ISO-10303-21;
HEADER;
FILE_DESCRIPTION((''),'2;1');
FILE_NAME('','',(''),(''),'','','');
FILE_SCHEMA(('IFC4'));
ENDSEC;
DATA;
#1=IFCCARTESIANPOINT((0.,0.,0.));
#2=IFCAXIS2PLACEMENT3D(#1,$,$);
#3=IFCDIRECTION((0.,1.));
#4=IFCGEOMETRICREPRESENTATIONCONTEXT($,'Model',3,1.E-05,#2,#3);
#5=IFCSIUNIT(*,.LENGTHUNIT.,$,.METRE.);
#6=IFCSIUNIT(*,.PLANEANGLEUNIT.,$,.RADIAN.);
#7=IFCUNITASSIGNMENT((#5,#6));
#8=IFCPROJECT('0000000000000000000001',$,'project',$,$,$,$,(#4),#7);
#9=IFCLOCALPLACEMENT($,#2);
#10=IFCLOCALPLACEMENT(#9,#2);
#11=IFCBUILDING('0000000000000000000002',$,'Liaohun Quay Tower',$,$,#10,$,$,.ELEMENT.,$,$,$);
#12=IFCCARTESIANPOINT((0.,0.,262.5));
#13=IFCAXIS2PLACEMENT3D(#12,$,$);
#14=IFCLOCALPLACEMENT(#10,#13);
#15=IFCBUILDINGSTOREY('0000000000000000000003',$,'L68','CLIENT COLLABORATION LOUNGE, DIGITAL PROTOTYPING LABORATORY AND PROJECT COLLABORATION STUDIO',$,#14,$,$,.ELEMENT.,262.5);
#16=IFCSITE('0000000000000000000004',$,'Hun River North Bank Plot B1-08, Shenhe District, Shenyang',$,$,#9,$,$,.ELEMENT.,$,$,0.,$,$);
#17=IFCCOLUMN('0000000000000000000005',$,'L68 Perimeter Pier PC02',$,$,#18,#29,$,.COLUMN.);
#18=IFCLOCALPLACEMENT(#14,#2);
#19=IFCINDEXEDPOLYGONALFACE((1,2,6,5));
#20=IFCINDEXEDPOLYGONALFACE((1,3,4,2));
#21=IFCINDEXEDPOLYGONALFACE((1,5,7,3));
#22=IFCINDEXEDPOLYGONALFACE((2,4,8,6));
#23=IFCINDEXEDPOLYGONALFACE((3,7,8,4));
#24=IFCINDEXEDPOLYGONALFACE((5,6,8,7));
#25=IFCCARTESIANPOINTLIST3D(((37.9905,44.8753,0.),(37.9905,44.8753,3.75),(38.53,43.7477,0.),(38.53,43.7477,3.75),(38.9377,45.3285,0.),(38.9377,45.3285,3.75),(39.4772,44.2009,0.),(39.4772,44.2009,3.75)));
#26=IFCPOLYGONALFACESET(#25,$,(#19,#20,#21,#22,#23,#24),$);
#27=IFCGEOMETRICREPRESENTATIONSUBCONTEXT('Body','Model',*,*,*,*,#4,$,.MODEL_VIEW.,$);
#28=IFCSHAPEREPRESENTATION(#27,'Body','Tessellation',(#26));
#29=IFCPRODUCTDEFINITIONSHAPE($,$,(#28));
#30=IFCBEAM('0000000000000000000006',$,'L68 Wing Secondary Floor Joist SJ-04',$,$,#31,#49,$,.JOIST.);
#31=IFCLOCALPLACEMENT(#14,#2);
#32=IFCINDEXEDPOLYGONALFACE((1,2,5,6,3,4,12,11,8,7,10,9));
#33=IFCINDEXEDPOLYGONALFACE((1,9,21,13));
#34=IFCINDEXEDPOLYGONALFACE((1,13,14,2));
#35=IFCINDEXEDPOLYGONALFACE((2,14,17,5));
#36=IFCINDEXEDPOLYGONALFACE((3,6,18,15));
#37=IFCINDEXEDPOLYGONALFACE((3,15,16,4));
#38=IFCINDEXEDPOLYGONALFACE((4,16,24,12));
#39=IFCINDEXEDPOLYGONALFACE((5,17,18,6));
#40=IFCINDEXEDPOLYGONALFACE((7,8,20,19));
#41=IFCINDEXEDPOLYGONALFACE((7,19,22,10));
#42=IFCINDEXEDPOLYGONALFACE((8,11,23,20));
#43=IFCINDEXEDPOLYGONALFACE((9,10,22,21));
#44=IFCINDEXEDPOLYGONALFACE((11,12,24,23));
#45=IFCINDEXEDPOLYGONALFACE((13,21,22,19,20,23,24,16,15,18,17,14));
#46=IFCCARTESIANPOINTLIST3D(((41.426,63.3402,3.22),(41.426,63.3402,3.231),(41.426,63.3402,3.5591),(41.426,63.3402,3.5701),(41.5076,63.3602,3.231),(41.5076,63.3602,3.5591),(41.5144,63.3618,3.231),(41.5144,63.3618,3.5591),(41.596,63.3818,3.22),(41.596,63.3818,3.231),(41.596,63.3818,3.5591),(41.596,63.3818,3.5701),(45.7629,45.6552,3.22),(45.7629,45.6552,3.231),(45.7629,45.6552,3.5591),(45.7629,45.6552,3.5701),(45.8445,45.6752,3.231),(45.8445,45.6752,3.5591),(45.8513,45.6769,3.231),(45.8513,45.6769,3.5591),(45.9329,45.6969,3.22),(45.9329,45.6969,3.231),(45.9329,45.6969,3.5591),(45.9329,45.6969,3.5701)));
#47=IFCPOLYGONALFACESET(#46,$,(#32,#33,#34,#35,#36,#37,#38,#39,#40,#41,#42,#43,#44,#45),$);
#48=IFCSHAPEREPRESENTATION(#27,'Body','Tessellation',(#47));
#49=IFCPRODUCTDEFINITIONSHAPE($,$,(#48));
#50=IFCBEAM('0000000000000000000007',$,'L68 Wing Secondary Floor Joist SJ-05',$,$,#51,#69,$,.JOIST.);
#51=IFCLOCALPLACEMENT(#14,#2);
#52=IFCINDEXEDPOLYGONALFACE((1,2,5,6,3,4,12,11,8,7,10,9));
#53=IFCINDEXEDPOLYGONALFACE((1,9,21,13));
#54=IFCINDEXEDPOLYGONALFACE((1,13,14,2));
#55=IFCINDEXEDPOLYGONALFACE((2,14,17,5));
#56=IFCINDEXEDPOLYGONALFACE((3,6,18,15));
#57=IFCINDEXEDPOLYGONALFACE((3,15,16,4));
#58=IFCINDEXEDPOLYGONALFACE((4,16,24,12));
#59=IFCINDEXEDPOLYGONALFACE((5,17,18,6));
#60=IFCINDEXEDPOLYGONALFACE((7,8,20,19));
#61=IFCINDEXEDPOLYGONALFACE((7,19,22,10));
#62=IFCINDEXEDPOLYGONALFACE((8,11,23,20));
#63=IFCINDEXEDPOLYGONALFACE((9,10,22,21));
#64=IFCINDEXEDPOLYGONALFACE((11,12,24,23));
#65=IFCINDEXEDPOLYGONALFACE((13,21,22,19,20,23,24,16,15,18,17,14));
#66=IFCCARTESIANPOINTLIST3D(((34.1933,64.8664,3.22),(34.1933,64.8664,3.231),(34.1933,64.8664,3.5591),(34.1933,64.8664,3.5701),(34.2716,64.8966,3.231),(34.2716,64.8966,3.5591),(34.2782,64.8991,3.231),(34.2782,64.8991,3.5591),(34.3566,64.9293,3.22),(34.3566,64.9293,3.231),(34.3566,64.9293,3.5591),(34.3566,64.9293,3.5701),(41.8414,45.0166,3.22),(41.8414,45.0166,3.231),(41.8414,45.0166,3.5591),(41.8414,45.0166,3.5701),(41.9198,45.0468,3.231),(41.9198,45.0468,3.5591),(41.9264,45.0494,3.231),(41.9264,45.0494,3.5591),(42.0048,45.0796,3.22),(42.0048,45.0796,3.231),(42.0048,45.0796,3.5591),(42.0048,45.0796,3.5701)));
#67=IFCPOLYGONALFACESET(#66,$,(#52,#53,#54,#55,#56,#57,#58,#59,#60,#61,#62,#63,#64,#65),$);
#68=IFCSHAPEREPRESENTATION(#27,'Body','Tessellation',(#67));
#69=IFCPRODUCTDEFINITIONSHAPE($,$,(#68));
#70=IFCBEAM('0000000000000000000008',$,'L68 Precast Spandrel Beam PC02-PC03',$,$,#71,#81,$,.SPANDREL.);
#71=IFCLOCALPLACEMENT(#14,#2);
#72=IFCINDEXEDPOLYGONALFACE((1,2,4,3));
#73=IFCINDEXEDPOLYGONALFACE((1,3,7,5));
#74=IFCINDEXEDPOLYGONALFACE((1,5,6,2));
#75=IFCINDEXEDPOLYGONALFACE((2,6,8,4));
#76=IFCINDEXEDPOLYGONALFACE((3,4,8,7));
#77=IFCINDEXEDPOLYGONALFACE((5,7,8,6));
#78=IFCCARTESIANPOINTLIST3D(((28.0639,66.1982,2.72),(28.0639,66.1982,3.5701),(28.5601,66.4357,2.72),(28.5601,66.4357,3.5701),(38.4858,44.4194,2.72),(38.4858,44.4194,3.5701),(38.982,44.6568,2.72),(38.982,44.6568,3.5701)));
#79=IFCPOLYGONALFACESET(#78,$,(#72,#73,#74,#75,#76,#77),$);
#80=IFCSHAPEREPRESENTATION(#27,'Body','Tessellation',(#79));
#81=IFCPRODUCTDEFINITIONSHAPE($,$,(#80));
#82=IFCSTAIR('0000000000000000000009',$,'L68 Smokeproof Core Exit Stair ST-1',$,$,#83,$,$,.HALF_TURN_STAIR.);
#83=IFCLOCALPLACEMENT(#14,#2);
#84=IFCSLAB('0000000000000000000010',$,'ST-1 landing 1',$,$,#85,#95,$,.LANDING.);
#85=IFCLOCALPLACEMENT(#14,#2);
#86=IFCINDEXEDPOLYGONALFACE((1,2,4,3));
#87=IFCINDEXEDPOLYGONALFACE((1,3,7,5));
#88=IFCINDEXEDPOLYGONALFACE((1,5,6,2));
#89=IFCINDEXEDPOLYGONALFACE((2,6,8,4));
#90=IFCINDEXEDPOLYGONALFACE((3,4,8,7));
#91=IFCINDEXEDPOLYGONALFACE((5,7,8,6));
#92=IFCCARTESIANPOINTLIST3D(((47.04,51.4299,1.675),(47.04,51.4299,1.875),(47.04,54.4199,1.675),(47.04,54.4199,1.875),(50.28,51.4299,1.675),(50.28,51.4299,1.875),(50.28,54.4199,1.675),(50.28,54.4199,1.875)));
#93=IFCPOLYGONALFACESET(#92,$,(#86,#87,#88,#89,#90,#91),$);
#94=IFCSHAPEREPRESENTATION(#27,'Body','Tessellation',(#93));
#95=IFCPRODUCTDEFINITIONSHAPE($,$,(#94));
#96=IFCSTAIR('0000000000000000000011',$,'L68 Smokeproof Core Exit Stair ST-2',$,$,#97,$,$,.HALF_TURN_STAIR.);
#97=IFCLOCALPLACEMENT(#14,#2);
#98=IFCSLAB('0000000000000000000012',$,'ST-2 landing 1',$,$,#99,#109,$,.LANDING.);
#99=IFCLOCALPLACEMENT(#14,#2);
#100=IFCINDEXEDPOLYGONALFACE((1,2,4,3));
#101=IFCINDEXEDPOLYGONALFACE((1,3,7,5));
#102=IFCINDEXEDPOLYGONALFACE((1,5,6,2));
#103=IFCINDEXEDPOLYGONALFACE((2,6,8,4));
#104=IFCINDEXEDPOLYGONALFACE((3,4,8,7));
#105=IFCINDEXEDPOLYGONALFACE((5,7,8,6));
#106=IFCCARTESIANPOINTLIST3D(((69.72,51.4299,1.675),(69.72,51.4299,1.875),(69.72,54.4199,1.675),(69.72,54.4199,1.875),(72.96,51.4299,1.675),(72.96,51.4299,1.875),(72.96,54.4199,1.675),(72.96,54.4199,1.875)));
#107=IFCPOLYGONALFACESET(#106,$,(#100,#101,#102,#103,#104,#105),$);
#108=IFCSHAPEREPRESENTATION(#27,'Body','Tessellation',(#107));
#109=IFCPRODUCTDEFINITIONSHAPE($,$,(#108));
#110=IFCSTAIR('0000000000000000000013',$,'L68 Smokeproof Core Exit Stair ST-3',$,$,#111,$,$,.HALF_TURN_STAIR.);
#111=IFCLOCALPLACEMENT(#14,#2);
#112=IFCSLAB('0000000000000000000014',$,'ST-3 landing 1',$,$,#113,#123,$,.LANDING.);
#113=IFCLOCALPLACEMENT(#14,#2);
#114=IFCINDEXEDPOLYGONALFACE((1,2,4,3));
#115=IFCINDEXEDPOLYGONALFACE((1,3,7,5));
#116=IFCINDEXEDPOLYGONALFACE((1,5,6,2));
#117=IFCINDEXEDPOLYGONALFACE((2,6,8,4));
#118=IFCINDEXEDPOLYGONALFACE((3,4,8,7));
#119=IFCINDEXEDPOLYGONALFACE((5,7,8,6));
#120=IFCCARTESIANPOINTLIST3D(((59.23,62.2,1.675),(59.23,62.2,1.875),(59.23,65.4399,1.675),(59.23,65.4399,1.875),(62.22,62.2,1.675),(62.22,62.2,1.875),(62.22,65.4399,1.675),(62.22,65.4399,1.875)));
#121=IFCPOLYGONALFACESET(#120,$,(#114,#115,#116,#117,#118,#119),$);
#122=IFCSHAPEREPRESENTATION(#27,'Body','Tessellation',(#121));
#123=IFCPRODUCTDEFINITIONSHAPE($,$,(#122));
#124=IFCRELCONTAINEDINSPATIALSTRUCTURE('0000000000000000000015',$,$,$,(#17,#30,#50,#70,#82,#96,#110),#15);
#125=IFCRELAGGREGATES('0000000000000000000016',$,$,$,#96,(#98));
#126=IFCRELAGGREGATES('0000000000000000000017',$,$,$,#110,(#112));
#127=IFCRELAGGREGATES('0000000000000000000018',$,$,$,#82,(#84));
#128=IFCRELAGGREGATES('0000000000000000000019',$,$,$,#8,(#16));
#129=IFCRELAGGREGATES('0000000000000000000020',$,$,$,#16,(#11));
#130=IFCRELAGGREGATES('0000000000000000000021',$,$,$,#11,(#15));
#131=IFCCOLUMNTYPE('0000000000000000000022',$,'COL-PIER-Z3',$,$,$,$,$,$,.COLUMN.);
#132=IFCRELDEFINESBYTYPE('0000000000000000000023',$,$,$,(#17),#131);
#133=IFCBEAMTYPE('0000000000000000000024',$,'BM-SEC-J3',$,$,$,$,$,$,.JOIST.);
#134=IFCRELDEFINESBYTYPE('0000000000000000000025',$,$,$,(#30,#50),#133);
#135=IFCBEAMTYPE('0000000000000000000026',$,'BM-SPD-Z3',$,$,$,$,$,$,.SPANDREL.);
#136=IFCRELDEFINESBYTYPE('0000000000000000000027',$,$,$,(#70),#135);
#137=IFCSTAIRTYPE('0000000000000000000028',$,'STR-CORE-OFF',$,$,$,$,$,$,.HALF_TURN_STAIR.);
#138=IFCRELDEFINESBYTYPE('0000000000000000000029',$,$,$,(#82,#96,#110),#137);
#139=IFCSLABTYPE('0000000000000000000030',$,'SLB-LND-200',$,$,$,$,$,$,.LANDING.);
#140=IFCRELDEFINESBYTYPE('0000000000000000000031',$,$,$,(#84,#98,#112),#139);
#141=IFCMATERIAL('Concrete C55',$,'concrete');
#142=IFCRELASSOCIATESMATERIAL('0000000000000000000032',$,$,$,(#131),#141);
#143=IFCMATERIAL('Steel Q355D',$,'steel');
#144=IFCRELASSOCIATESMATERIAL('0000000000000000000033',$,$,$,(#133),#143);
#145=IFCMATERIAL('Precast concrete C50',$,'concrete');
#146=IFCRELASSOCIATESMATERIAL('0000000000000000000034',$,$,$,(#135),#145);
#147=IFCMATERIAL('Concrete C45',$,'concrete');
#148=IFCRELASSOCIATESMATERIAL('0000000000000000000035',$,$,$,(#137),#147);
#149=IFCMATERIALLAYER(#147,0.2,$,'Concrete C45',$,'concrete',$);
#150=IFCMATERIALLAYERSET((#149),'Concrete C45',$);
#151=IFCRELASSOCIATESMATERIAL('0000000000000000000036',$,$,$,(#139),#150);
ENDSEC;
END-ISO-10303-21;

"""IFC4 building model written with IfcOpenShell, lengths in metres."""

from ifc_helpers import new_model, si_unit, direction, frame, origin, origin_2d, place, context, subcontext, project, spatial, polyline, rectangle, i_section, outline, extrude, source, transform, mapped, material, layer, layer_set, material_profile, profile_set, type_object, element, aggregate, save


model = new_model("IFC4")

# Units and contexts
model_context = context("Model", 3, precision=1e-05, world=origin(), true_north=direction((0.0, 1.0)))
body_context = subcontext(model_context, "Body", "Model", "MODEL_VIEW")
ifc_project = project(units=[si_unit("LENGTHUNIT", "METRE"), si_unit("PLANEANGLEUNIT", "RADIAN")], contexts=[model_context])

# Site, building, storey
site_placement = place(None, origin())
site = spatial("IfcSite", under=ifc_project, at=site_placement, Name="Hun River North Bank Plot B1-08, Shenhe District, Shenyang", CompositionType="ELEMENT", RefElevation=0.0)
building_placement = place(site_placement, origin())
building = spatial("IfcBuilding", under=site, at=building_placement, Name="Liaohun Quay Tower", CompositionType="ELEMENT")
storey_placement = place(building_placement, frame((0.0, 0.0, 262.5)))
storey = spatial("IfcBuildingStorey", under=building, at=storey_placement, Name="L68", Description="CLIENT COLLABORATION LOUNGE, DIGITAL PROTOTYPING LABORATORY AND PROJECT COLLABORATION STUDIO", CompositionType="ELEMENT", Elevation=262.5)

# Column
ifc_material_1 = material(Name="Concrete C55", Category="concrete")
ifc_material_profile_1 = material_profile(ifc_material_1, rectangle(XDim=1.25, YDim=1.05, at=origin_2d()), Name="RC1250x1050")
ifc_profile_set_1 = profile_set([ifc_material_profile_1], Name="Concrete C55")
column_type = type_object("IfcColumnType", Name="COL-PIER-Z3", PredefinedType="COLUMN", material=ifc_profile_set_1)
shared_shape_1 = source(origin(), body_context, "Body", "SweptSolid", [
    extrude(rectangle(XDim=1.25, YDim=1.05, at=origin_2d()), origin(), (0.0, 0.0, 1.0), 3.75),
])
column_placement = place(storey_placement, frame((38.7339, 44.5381, 0.0), z_axis=(0.0, 0.0, 1.0), x_axis=(-0.431613, 0.902059, 0.0)))
element("IfcColumn", 1, at=column_placement, inside=storey, type_object=column_type, Name="L68 Perimeter Pier PC02", PredefinedType="COLUMN", context=body_context, shape_type="MappedRepresentation", body=[
    mapped(shared_shape_1, transform((0.0, 0.0, 0.0), x_axis=(1.0, 0.0, 0.0), y_axis=(0.0, 1.0, 0.0), z_axis=(0.0, 0.0, 1.0), scale=1.0)),
])

# Beams
ifc_material_2 = material(Name="Steel Q355D", Category="steel")
ifc_material_profile_2 = material_profile(ifc_material_2, i_section(OverallWidth=0.175, OverallDepth=0.3501, WebThickness=0.0071, FlangeThickness=0.011, at=origin_2d()), Name="HN350x175x7x11")
ifc_profile_set_2 = profile_set([ifc_material_profile_2], Name="Steel Q355D")
beam_type_1 = type_object("IfcBeamType", Name="BM-SEC-J3", PredefinedType="JOIST", material=ifc_profile_set_2)
shared_shape_2 = source(origin(), body_context, "Body", "SweptSolid", [
    extrude(i_section(OverallWidth=0.175, OverallDepth=0.3501, WebThickness=0.0071, FlangeThickness=0.011, at=origin_2d()), origin(), (0.0, 0.0, 1.0), 18.209),
])
beam_1_placement = place(storey_placement, frame((45.8479, 45.676, 3.395), z_axis=(-0.238173, 0.971223, 0.0), x_axis=(-0.971223, -0.238173, 0.0)))
element("IfcBeam", 2, at=beam_1_placement, inside=storey, type_object=beam_type_1, Name="L68 Wing Secondary Floor Joist SJ-04", PredefinedType="JOIST", context=body_context, shape_type="MappedRepresentation", body=[
    mapped(shared_shape_2, transform((0.0, 0.0, 0.0), x_axis=(1.0, 0.0, 0.0), y_axis=(0.0, 1.0, 0.0), z_axis=(0.0, 0.0, 1.0), scale=1.0)),
])
shared_shape_3 = source(origin(), body_context, "Body", "SweptSolid", [
    extrude(i_section(OverallWidth=0.175, OverallDepth=0.3501, WebThickness=0.0071, FlangeThickness=0.011, at=origin_2d()), origin(), (0.0, 0.0, 1.0), 21.2722),
])
beam_2_placement = place(storey_placement, frame((41.9231, 45.0481, 3.395), z_axis=(-0.359537, 0.933131, 0.0), x_axis=(-0.933131, -0.359537, 0.0)))
element("IfcBeam", 3, at=beam_2_placement, inside=storey, type_object=beam_type_1, Name="L68 Wing Secondary Floor Joist SJ-05", PredefinedType="JOIST", context=body_context, shape_type="MappedRepresentation", body=[
    mapped(shared_shape_3, transform((0.0, 0.0, 0.0), x_axis=(1.0, 0.0, 0.0), y_axis=(0.0, 1.0, 0.0), z_axis=(0.0, 0.0, 1.0), scale=1.0)),
])
ifc_material_3 = material(Name="Precast concrete C50", Category="concrete")
ifc_material_profile_3 = material_profile(ifc_material_3, rectangle(XDim=0.55, YDim=0.8501, at=origin_2d()), Name="RC550x850")
ifc_profile_set_3 = profile_set([ifc_material_profile_3], Name="Precast concrete C50")
beam_type_2 = type_object("IfcBeamType", Name="BM-SPD-Z3", PredefinedType="SPANDREL", material=ifc_profile_set_3)
shared_shape_4 = source(origin(), body_context, "Body", "SweptSolid", [
    extrude(rectangle(XDim=0.55, YDim=0.8501, at=origin_2d()), origin(), (0.0, 0.0, 1.0), 24.144),
])
beam_3_placement = place(storey_placement, frame((38.7339, 44.5381, 3.145), z_axis=(-0.431655, 0.902039, 0.0), x_axis=(-0.902039, -0.431655, 0.0)))
element("IfcBeam", 4, at=beam_3_placement, inside=storey, type_object=beam_type_2, Name="L68 Precast Spandrel Beam PC02-PC03", PredefinedType="SPANDREL", context=body_context, shape_type="MappedRepresentation", body=[
    mapped(shared_shape_4, transform((0.0, 0.0, 0.0), x_axis=(1.0, 0.0, 0.0), y_axis=(0.0, 1.0, 0.0), z_axis=(0.0, 0.0, 1.0), scale=1.0)),
])

# Stairs, slabs
ifc_material_4 = material(Name="Concrete C45", Category="concrete")
stair_type = type_object("IfcStairType", Name="STR-CORE-OFF", PredefinedType="HALF_TURN_STAIR", material=ifc_material_4)
stair_1_placement = place(storey_placement, origin())
stair_1 = element("IfcStair", 5, at=stair_1_placement, inside=storey, type_object=stair_type, Name="L68 Smokeproof Core Exit Stair ST-1", PredefinedType="HALF_TURN_STAIR")
ifc_layer_1 = layer(ifc_material_4, 0.2, Name="Concrete C45", Category="concrete")
ifc_layer_set_1 = layer_set([ifc_layer_1], Name="Concrete C45")
slab_type_1 = type_object("IfcSlabType", Name="SLB-LND-200", PredefinedType="LANDING", material=ifc_layer_set_1)
slab_1_placement = place(storey_placement, frame((0.0, 0.0, 1.675)))
slab_1 = element("IfcSlab", 6, at=slab_1_placement, type_object=slab_type_1, Name="ST-1 landing 1", PredefinedType="LANDING", context=body_context, shape_type="SweptSolid", body=[
    extrude(outline(polyline([(50.28, 51.4299), (50.28, 54.4199), (47.04, 54.4199), (47.04, 51.4299), (50.28, 51.4299)])), origin(), (0.0, 0.0, 1.0), 0.2),
])
stair_2_placement = place(storey_placement, origin())
stair_2 = element("IfcStair", 7, at=stair_2_placement, inside=storey, type_object=stair_type, Name="L68 Smokeproof Core Exit Stair ST-2", PredefinedType="HALF_TURN_STAIR")
slab_2_placement = place(storey_placement, frame((0.0, 0.0, 1.675)))
slab_2 = element("IfcSlab", 8, at=slab_2_placement, type_object=slab_type_1, Name="ST-2 landing 1", PredefinedType="LANDING", context=body_context, shape_type="SweptSolid", body=[
    extrude(outline(polyline([(72.96, 51.4299), (72.96, 54.4199), (69.72, 54.4199), (69.72, 51.4299), (72.96, 51.4299)])), origin(), (0.0, 0.0, 1.0), 0.2),
])
aggregate(stair_2, [slab_2])
stair_3_placement = place(storey_placement, origin())
stair_3 = element("IfcStair", 9, at=stair_3_placement, inside=storey, type_object=stair_type, Name="L68 Smokeproof Core Exit Stair ST-3", PredefinedType="HALF_TURN_STAIR")
slab_3_placement = place(storey_placement, frame((0.0, 0.0, 1.675)))
slab_3 = element("IfcSlab", 10, at=slab_3_placement, type_object=slab_type_1, Name="ST-3 landing 1", PredefinedType="LANDING", context=body_context, shape_type="SweptSolid", body=[
    extrude(outline(polyline([(59.23, 62.2), (62.22, 62.2), (62.22, 65.4399), (59.23, 65.4399), (59.23, 62.2)])), origin(), (0.0, 0.0, 1.0), 0.2),
])
aggregate(stair_3, [slab_3])

aggregate(stair_1, [slab_1])

save(model, "model.ifc")
